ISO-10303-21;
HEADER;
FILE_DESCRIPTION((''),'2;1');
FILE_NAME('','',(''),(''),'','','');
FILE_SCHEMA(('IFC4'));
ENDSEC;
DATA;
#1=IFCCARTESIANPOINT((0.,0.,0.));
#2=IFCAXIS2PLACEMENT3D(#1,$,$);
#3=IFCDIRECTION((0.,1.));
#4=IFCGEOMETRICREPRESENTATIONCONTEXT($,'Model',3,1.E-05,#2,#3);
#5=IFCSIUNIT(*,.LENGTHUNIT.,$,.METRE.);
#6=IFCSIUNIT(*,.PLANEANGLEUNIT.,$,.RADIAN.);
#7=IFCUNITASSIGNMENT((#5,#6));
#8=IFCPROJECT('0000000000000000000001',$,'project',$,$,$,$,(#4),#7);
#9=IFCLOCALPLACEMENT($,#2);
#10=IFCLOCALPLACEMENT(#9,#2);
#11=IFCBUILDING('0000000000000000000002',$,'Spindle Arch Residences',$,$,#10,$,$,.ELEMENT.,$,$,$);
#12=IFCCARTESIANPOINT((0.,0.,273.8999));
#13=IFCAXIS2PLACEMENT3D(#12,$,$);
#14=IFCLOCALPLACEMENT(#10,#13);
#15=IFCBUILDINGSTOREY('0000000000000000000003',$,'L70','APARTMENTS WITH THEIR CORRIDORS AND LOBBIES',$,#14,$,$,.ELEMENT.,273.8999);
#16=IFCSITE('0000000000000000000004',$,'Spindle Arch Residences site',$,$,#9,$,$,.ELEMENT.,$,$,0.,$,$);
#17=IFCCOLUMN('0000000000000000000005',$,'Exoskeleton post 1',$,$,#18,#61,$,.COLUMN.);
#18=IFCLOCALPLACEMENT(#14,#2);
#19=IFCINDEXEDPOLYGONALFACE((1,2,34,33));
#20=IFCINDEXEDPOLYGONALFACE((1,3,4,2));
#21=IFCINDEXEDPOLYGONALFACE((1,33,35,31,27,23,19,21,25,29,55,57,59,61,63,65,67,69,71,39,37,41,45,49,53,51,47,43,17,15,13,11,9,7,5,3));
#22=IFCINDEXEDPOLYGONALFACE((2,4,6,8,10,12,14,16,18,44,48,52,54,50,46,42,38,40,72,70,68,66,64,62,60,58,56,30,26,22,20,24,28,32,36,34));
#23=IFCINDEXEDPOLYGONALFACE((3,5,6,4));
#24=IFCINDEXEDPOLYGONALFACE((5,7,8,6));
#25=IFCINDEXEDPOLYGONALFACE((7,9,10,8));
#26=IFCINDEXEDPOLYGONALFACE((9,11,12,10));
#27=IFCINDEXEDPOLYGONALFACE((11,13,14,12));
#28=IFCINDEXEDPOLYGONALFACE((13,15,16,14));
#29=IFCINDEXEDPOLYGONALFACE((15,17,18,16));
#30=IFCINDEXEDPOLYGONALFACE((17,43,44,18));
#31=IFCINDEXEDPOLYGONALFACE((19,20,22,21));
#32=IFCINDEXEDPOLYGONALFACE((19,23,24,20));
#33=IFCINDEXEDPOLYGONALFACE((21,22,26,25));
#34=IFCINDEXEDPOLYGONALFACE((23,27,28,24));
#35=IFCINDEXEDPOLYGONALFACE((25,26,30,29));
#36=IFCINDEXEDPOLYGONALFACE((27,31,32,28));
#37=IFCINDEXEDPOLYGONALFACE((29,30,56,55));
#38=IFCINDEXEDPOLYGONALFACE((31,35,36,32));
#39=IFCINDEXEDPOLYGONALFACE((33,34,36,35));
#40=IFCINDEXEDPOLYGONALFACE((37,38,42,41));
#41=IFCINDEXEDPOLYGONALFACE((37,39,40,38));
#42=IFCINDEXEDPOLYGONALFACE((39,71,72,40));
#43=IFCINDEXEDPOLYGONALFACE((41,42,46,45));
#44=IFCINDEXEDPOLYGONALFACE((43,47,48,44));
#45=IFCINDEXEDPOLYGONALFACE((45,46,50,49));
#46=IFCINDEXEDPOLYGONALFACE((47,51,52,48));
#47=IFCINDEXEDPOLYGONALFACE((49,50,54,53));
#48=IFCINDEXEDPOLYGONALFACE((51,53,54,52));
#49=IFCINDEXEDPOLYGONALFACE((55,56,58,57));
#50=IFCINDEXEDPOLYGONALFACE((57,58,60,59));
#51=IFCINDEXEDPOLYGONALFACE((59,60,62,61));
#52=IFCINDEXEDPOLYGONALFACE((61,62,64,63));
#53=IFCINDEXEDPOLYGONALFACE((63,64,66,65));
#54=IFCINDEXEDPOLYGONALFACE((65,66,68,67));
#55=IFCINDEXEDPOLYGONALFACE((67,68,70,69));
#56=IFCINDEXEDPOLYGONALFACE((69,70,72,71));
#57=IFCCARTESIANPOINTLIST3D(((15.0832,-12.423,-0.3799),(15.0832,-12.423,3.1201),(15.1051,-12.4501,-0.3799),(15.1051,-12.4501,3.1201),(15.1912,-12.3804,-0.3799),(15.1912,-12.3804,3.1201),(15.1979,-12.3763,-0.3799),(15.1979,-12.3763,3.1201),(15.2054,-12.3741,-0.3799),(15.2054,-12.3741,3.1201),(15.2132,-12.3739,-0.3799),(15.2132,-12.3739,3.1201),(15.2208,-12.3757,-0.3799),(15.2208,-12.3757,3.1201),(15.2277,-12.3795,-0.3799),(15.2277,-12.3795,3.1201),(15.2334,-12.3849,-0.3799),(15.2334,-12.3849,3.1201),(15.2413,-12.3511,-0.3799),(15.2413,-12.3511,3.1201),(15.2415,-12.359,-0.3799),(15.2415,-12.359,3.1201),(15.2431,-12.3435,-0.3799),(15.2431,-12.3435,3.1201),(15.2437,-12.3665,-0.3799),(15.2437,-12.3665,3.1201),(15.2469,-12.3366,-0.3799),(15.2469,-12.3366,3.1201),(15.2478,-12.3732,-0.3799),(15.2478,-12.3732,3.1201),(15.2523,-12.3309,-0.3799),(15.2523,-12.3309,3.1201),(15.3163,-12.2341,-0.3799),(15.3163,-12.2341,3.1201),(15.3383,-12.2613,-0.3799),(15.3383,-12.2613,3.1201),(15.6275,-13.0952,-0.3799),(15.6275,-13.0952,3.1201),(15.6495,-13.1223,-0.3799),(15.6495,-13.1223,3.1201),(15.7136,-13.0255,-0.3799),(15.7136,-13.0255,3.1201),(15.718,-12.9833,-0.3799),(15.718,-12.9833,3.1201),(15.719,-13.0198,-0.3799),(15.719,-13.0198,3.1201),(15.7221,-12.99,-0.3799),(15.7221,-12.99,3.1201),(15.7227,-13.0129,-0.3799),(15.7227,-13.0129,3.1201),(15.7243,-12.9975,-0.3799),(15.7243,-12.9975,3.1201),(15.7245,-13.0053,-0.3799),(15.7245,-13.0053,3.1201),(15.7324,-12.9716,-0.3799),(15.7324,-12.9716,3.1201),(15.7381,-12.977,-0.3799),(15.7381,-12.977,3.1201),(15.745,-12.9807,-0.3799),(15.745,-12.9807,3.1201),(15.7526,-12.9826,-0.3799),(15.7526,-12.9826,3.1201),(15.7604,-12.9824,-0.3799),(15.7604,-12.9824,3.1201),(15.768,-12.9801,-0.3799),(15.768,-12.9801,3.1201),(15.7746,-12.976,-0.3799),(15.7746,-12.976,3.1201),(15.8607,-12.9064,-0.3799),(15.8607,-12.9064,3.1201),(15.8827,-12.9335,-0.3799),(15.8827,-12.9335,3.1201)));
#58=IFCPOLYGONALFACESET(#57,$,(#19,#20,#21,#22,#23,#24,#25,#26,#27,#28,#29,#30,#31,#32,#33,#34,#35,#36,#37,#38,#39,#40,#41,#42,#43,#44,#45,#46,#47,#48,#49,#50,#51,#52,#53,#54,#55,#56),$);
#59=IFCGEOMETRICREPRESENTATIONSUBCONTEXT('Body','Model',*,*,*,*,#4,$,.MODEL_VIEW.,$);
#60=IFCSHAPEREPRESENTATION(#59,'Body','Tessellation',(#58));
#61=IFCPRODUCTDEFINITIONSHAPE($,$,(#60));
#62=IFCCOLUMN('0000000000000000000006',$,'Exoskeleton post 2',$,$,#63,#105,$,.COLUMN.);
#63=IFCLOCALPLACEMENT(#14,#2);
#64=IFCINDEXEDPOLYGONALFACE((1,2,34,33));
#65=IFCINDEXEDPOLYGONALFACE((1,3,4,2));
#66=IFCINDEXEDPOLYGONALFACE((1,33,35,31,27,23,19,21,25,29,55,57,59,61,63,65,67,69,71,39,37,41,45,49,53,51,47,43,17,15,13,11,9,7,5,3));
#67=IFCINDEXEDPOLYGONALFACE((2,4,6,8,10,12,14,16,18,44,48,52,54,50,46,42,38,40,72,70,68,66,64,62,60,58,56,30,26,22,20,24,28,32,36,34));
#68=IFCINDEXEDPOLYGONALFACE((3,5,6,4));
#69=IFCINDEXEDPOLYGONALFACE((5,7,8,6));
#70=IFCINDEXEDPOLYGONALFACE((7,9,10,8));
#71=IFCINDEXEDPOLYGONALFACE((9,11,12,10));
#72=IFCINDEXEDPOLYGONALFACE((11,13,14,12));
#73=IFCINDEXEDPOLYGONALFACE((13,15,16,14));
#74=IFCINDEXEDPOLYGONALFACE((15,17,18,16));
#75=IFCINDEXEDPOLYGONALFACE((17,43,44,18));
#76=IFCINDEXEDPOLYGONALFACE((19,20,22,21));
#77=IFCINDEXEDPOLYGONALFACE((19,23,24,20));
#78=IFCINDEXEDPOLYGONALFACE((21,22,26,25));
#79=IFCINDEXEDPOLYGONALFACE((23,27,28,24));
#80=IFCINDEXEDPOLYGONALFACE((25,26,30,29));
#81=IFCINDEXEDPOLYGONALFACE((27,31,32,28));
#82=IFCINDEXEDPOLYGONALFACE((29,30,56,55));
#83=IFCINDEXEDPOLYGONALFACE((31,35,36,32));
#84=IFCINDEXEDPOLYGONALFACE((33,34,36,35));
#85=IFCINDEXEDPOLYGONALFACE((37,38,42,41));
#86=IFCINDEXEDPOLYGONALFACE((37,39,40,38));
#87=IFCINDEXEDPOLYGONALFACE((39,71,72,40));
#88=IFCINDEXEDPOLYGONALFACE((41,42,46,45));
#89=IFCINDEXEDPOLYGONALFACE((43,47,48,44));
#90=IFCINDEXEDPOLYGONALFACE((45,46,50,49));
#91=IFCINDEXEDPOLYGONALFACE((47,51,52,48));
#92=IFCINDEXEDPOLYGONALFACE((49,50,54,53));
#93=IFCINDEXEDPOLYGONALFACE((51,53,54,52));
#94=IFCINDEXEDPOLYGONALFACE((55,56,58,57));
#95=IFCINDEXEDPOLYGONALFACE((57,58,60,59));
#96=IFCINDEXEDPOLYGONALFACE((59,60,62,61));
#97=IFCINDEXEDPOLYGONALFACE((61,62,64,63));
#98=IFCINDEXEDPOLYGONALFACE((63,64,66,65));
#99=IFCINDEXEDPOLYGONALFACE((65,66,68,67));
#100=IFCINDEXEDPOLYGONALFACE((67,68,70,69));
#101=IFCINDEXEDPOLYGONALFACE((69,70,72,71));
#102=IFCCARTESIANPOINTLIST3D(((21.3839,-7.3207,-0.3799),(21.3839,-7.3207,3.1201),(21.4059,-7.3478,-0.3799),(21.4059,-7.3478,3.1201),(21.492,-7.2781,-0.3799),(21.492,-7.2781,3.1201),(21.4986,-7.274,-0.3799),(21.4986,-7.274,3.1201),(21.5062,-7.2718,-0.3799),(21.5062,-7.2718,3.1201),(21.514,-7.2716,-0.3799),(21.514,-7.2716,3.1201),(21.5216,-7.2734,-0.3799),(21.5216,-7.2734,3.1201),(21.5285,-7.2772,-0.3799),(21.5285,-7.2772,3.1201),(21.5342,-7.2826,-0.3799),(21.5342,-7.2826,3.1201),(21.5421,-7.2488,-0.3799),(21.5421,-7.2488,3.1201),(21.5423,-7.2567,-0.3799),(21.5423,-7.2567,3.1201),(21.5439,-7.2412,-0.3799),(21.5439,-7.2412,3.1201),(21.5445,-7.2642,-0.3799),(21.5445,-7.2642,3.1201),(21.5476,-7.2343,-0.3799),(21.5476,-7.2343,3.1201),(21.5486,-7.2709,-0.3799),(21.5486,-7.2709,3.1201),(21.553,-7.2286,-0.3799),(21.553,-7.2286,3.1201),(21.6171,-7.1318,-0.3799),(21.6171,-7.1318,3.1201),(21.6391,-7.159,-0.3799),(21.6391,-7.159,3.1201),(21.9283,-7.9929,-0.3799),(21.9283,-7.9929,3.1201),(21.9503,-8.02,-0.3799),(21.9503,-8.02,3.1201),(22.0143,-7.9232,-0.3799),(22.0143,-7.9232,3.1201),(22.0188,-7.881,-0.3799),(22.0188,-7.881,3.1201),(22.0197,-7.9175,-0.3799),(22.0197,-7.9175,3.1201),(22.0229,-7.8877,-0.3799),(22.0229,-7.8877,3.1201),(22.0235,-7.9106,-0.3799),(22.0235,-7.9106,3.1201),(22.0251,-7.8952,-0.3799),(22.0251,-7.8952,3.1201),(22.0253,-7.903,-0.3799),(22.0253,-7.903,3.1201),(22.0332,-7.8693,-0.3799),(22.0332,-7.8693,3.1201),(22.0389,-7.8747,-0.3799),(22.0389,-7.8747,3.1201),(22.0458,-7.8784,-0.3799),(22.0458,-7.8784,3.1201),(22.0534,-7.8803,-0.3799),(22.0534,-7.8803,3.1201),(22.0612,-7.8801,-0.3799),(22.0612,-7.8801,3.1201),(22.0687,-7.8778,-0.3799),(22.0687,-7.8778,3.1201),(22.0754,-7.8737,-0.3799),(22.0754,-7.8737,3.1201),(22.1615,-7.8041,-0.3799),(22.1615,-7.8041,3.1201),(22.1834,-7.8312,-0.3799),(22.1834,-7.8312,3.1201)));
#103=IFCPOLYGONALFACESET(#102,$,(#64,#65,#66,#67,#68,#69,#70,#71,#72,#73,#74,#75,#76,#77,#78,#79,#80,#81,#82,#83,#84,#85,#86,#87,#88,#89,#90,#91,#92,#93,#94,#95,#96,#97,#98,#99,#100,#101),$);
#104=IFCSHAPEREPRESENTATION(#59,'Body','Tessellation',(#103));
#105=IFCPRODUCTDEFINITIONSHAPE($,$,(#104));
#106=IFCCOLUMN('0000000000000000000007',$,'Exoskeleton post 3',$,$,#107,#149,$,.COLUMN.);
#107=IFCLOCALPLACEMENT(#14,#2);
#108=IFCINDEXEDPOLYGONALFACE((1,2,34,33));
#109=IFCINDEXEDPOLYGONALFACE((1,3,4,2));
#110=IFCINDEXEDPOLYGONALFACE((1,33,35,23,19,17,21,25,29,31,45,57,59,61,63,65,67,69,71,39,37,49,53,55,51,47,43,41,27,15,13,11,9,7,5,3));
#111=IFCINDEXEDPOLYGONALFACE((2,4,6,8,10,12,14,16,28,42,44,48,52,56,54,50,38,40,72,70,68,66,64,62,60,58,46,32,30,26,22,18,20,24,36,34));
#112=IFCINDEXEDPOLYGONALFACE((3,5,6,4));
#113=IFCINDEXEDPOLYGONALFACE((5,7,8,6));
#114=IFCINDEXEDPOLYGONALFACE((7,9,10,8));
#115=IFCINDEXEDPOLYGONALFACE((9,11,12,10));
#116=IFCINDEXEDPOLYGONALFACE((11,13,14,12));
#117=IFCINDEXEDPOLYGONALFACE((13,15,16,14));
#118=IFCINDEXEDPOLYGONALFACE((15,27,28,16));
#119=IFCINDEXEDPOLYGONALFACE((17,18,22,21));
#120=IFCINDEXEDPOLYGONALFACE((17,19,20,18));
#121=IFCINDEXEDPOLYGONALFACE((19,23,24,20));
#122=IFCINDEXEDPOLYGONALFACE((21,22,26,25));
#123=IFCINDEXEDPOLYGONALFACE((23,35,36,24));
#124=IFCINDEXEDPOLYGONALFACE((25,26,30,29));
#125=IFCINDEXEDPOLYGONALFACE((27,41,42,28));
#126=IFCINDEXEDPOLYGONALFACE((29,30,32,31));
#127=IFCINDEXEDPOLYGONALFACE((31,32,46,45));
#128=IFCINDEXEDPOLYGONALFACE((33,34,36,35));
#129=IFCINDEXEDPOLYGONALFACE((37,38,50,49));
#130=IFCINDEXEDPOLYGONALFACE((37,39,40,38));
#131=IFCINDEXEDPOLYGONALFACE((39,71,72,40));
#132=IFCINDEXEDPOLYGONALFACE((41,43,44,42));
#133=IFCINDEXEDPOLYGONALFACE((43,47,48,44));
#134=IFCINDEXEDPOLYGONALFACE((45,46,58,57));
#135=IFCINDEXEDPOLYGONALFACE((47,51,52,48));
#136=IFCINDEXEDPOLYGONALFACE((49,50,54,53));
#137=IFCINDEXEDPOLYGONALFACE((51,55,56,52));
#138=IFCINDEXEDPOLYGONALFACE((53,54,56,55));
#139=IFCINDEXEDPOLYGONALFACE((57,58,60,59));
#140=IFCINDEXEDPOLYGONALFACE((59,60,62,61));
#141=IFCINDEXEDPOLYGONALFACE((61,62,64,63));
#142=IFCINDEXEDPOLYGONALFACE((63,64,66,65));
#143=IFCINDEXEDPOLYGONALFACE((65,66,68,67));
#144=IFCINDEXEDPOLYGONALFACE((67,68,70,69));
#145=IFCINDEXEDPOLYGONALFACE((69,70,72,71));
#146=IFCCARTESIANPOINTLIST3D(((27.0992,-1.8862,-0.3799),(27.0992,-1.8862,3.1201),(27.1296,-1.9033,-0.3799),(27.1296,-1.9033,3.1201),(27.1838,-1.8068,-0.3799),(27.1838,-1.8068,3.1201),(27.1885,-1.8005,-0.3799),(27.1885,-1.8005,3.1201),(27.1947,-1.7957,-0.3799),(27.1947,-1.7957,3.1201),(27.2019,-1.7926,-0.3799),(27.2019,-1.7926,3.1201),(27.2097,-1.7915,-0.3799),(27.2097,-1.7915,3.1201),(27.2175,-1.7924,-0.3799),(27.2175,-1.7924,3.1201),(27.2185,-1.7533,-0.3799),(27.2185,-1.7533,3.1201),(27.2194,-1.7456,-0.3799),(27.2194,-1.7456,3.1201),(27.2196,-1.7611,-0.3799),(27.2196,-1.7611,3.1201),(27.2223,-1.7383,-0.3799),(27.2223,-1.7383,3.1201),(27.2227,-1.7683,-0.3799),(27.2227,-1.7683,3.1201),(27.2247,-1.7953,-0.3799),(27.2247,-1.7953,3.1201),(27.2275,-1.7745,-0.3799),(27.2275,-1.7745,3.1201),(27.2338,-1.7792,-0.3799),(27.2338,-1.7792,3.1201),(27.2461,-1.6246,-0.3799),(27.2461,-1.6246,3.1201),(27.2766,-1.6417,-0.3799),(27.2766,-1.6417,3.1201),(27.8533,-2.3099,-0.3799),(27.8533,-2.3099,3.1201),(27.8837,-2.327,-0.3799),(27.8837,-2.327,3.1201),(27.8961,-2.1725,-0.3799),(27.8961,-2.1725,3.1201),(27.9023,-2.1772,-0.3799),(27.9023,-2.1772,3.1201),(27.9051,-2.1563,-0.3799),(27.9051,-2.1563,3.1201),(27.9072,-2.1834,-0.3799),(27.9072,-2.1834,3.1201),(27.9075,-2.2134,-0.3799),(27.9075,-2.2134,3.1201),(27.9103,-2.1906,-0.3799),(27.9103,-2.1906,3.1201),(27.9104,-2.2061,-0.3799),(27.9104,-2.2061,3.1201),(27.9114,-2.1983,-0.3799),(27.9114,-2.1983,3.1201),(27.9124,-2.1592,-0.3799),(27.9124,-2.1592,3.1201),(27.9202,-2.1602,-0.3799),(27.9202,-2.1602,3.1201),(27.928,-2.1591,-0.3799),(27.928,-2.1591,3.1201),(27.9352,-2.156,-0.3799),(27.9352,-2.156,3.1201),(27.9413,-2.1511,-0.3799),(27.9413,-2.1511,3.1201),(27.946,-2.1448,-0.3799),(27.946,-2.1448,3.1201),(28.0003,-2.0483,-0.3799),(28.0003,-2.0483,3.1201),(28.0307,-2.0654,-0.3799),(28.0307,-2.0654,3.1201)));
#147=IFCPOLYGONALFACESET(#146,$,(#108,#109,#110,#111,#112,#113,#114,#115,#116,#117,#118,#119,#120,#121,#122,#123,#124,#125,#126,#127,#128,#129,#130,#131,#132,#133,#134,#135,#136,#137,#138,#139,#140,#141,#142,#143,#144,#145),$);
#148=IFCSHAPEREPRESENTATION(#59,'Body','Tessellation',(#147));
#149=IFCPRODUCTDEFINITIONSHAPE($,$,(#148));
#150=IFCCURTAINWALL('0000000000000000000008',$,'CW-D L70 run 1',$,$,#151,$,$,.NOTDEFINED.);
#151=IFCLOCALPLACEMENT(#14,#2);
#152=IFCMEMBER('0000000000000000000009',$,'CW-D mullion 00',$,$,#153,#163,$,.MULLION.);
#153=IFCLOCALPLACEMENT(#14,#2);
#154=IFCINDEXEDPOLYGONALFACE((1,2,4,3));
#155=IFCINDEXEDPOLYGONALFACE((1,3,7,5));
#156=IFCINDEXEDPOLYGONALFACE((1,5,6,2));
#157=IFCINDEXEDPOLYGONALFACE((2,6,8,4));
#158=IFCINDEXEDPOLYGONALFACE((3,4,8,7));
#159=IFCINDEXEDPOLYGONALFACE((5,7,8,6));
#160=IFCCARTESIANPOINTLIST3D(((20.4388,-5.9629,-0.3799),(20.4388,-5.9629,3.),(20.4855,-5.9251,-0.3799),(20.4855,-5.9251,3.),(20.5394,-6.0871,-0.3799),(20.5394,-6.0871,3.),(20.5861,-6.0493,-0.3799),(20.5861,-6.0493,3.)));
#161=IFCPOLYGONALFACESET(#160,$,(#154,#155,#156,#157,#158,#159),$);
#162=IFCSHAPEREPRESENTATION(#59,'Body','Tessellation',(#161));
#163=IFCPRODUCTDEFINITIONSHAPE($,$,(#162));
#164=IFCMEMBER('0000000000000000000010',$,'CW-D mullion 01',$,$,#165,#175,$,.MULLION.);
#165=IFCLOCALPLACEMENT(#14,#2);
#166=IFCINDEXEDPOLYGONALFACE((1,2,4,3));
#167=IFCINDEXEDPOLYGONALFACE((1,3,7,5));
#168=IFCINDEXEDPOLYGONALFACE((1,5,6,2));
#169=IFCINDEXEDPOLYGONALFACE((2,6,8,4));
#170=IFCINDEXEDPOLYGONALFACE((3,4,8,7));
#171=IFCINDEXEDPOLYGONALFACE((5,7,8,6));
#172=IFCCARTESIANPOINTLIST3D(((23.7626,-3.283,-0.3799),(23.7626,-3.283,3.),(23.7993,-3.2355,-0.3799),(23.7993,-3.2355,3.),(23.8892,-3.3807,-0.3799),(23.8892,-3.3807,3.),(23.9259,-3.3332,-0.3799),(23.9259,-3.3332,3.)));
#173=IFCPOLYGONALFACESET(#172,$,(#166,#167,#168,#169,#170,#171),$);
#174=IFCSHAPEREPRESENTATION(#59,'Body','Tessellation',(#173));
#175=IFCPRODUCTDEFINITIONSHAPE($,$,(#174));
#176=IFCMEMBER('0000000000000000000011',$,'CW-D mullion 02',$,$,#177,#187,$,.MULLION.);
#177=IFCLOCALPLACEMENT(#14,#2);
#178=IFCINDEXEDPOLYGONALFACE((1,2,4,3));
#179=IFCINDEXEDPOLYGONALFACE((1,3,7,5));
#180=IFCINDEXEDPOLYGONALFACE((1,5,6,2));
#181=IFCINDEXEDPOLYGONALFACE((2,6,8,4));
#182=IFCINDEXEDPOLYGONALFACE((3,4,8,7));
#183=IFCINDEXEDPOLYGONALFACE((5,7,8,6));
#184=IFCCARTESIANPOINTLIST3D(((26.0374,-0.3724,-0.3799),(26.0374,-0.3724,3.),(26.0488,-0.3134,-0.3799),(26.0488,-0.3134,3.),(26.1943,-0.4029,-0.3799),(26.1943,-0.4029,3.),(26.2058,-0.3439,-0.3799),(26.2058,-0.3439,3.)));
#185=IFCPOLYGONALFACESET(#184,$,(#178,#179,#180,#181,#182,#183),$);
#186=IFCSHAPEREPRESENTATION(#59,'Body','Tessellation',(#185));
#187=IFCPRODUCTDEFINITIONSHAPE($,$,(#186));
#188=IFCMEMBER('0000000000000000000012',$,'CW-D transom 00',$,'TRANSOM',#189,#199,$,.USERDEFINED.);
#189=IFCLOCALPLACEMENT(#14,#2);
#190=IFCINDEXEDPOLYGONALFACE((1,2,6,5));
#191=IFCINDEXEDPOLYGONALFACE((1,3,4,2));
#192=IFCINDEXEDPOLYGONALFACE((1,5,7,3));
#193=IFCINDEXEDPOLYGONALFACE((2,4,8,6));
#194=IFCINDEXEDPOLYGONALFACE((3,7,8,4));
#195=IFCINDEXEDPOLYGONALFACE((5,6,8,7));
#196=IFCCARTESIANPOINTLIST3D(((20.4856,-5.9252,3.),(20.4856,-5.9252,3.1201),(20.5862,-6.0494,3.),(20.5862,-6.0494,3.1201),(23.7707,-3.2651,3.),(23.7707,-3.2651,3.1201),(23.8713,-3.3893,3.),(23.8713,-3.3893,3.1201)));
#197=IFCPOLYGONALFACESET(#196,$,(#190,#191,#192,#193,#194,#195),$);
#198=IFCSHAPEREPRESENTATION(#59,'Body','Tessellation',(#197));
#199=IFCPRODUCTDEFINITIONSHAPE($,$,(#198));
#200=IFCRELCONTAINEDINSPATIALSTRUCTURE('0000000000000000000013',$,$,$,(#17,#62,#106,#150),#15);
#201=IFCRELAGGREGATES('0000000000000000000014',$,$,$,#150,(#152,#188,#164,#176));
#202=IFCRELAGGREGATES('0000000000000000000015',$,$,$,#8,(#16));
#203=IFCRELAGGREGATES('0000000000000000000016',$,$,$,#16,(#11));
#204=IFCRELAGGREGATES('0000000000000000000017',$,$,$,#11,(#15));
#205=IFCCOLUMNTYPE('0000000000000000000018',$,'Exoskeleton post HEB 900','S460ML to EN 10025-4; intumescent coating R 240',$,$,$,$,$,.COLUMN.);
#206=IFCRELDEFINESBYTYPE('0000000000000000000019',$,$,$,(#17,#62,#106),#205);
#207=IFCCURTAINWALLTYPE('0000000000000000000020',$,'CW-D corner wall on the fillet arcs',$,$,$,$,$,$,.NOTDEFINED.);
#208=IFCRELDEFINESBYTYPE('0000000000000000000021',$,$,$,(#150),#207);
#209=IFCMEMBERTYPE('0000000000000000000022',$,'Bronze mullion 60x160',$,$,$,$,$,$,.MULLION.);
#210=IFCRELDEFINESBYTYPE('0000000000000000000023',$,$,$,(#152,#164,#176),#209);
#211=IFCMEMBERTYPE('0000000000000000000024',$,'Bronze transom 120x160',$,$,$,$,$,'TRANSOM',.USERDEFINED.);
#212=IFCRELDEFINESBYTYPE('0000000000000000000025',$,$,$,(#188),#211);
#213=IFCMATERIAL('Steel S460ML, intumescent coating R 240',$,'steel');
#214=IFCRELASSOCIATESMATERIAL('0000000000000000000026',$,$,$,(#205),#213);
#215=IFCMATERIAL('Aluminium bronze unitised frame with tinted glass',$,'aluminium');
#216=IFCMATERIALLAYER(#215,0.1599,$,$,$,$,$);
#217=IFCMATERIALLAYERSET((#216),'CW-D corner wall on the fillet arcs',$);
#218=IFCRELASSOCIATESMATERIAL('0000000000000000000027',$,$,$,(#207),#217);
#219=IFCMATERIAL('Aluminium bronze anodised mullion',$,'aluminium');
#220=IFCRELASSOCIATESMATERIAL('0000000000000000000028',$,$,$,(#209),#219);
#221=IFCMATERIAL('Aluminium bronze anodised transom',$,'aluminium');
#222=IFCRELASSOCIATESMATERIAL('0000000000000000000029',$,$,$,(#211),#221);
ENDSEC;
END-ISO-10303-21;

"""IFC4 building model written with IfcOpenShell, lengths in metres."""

from ifc_helpers import new_model, si_unit, direction, frame, origin, origin_2d, place, context, subcontext, project, spatial, rectangle, i_section, extrude, material, layer, layer_set, material_profile, profile_set, type_object, element, aggregate, save


model = new_model("IFC4")

# Units and contexts
model_context = context("Model", 3, precision=1e-05, world=origin(), true_north=direction((0.0, 1.0)))
body_context = subcontext(model_context, "Body", "Model", "MODEL_VIEW")
ifc_project = project(units=[si_unit("LENGTHUNIT", "METRE"), si_unit("PLANEANGLEUNIT", "RADIAN")], contexts=[model_context])

# Site, building, storey
site_placement = place(None, origin())
site = spatial("IfcSite", under=ifc_project, at=site_placement, Name="Spindle Arch Residences site", CompositionType="ELEMENT", RefElevation=0.0)
building_placement = place(site_placement, origin())
building = spatial("IfcBuilding", under=site, at=building_placement, Name="Spindle Arch Residences", CompositionType="ELEMENT")
storey_placement = place(building_placement, frame((0.0, 0.0, 273.8999)))
storey = spatial("IfcBuildingStorey", under=building, at=storey_placement, Name="L70", Description="APARTMENTS WITH THEIR CORRIDORS AND LOBBIES", CompositionType="ELEMENT", Elevation=273.8999)

# Columns
ifc_material_1 = material(Name="Steel S460ML, intumescent coating R 240", Category="steel")
ifc_material_profile_1 = material_profile(ifc_material_1, i_section(OverallWidth=0.3, OverallDepth=0.8999, WebThickness=0.0186, FlangeThickness=0.0349, FilletRadius=0.03, at=origin_2d()), Name="HEB 900")
ifc_profile_set_1 = profile_set([ifc_material_profile_1], Name="Steel S460ML, intumescent coating R 240")
column_type = type_object("IfcColumnType", Name="Exoskeleton post HEB 900", Description="S460ML to EN 10025-4; intumescent coating R 240", PredefinedType="COLUMN", material=ifc_profile_set_1)
for number, where, z_axis, x_axis, name in (
    (1, (15.4829, -12.6782, -0.3799), (0.0, 0.0, 1.0), (-0.777146, -0.62932, 0.0), "Exoskeleton post 1"),
    (2, (21.7837, -7.5759, -0.3799), (0.0, 0.0, 1.0), (-0.777146, -0.62932, 0.0), "Exoskeleton post 2"),
    (3, (27.5649, -1.9758, -0.3799), (0.0, 0.0, 1.0), (-0.489802, -0.871834, 0.0), "Exoskeleton post 3"),
):
    element("IfcColumn", number, at=place(storey_placement, frame(where, z_axis=z_axis, x_axis=x_axis)), inside=storey, type_object=column_type, Name=name, PredefinedType="COLUMN", context=body_context, shape_type="SweptSolid", body=[
        extrude(i_section(OverallWidth=0.3, OverallDepth=0.8999, WebThickness=0.0186, FlangeThickness=0.0349, FilletRadius=0.03, at=origin_2d()), origin(), (0.0, 0.0, 1.0), 3.5),
    ])

# Curtain wall, members
ifc_material_2 = material(Name="Aluminium bronze unitised frame with tinted glass", Category="aluminium")
ifc_layer_1 = layer(ifc_material_2, 0.1599)
ifc_layer_set_1 = layer_set([ifc_layer_1], Name="CW-D corner wall on the fillet arcs")
curtain_wall_type_1 = type_object("IfcCurtainWallType", Name="CW-D corner wall on the fillet arcs", PredefinedType="NOTDEFINED", material=ifc_layer_set_1)
curtain_wall_1_placement = place(storey_placement, origin())
curtain_wall_1 = element("IfcCurtainWall", 4, at=curtain_wall_1_placement, inside=storey, type_object=curtain_wall_type_1, Name="CW-D L70 run 1", PredefinedType="NOTDEFINED")
ifc_material_3 = material(Name="Aluminium bronze anodised mullion", Category="aluminium")
ifc_material_profile_2 = material_profile(ifc_material_3, rectangle(XDim=0.1599, YDim=0.0601, at=origin_2d()), Name="MU 60x160")
ifc_profile_set_2 = profile_set([ifc_material_profile_2], Name="Aluminium bronze anodised mullion")
member_type_1 = type_object("IfcMemberType", Name="Bronze mullion 60x160", PredefinedType="MULLION", material=ifc_profile_set_2)
member_1_placement = place(storey_placement, frame((20.5125, -6.0061, -0.3799), z_axis=(0.0, 0.0, 1.0), x_axis=(-0.62932, 0.777146, 0.0)))
member_1 = element("IfcMember", 5, at=member_1_placement, type_object=member_type_1, Name="CW-D mullion 00", PredefinedType="MULLION", context=body_context, shape_type="SweptSolid", body=[
    extrude(rectangle(XDim=0.1599, YDim=0.0601, at=origin_2d()), origin(), (0.0, 0.0, 1.0), 3.3799),
])
member_2_placement = place(storey_placement, frame((23.8442, -3.3081, -0.3799), z_axis=(0.0, 0.0, 1.0), x_axis=(-0.791579, 0.611067, 0.0)))
member_2 = element("IfcMember", 6, at=member_2_placement, type_object=member_type_1, Name="CW-D mullion 01", PredefinedType="MULLION", context=body_context, shape_type="SweptSolid", body=[
    extrude(rectangle(XDim=0.1599, YDim=0.0601, at=origin_2d()), origin(), (0.0, 0.0, 1.0), 3.3799),
])
member_3_placement = place(storey_placement, frame((26.1216, -0.3582, -0.3799), z_axis=(0.0, 0.0, 1.0), x_axis=(-0.981627, 0.190809, 0.0)))
member_3 = element("IfcMember", 7, at=member_3_placement, type_object=member_type_1, Name="CW-D mullion 02", PredefinedType="MULLION", context=body_context, shape_type="SweptSolid", body=[
    extrude(rectangle(XDim=0.1599, YDim=0.0601, at=origin_2d()), origin(), (0.0, 0.0, 1.0), 3.3799),
])
ifc_material_4 = material(Name="Aluminium bronze anodised transom", Category="aluminium")
ifc_material_profile_3 = material_profile(ifc_material_4, rectangle(XDim=0.1599, YDim=0.1201, at=origin_2d()), Name="TR 120x160")
ifc_profile_set_3 = profile_set([ifc_material_profile_3], Name="Aluminium bronze anodised transom")
member_type_2 = type_object("IfcMemberType", Name="Bronze transom 120x160", ElementType="TRANSOM", PredefinedType="USERDEFINED", material=ifc_profile_set_3)
member_4_placement = place(storey_placement, frame((20.5359, -5.9873, 3.0601), z_axis=(0.777159, 0.629305, 0.0), x_axis=(-0.629305, 0.777159, 0.0)))
member_4 = element("IfcMember", 8, at=member_4_placement, type_object=member_type_2, Name="CW-D transom 00", ObjectType="TRANSOM", PredefinedType="USERDEFINED", context=body_context, shape_type="SweptSolid", body=[
    extrude(rectangle(XDim=0.1599, YDim=0.1201, at=origin_2d()), origin(), (0.0, 0.0, 1.0), 4.2271),
])

aggregate(curtain_wall_1, [member_1, member_4, member_2, member_3])

save(model, "model.ifc")
